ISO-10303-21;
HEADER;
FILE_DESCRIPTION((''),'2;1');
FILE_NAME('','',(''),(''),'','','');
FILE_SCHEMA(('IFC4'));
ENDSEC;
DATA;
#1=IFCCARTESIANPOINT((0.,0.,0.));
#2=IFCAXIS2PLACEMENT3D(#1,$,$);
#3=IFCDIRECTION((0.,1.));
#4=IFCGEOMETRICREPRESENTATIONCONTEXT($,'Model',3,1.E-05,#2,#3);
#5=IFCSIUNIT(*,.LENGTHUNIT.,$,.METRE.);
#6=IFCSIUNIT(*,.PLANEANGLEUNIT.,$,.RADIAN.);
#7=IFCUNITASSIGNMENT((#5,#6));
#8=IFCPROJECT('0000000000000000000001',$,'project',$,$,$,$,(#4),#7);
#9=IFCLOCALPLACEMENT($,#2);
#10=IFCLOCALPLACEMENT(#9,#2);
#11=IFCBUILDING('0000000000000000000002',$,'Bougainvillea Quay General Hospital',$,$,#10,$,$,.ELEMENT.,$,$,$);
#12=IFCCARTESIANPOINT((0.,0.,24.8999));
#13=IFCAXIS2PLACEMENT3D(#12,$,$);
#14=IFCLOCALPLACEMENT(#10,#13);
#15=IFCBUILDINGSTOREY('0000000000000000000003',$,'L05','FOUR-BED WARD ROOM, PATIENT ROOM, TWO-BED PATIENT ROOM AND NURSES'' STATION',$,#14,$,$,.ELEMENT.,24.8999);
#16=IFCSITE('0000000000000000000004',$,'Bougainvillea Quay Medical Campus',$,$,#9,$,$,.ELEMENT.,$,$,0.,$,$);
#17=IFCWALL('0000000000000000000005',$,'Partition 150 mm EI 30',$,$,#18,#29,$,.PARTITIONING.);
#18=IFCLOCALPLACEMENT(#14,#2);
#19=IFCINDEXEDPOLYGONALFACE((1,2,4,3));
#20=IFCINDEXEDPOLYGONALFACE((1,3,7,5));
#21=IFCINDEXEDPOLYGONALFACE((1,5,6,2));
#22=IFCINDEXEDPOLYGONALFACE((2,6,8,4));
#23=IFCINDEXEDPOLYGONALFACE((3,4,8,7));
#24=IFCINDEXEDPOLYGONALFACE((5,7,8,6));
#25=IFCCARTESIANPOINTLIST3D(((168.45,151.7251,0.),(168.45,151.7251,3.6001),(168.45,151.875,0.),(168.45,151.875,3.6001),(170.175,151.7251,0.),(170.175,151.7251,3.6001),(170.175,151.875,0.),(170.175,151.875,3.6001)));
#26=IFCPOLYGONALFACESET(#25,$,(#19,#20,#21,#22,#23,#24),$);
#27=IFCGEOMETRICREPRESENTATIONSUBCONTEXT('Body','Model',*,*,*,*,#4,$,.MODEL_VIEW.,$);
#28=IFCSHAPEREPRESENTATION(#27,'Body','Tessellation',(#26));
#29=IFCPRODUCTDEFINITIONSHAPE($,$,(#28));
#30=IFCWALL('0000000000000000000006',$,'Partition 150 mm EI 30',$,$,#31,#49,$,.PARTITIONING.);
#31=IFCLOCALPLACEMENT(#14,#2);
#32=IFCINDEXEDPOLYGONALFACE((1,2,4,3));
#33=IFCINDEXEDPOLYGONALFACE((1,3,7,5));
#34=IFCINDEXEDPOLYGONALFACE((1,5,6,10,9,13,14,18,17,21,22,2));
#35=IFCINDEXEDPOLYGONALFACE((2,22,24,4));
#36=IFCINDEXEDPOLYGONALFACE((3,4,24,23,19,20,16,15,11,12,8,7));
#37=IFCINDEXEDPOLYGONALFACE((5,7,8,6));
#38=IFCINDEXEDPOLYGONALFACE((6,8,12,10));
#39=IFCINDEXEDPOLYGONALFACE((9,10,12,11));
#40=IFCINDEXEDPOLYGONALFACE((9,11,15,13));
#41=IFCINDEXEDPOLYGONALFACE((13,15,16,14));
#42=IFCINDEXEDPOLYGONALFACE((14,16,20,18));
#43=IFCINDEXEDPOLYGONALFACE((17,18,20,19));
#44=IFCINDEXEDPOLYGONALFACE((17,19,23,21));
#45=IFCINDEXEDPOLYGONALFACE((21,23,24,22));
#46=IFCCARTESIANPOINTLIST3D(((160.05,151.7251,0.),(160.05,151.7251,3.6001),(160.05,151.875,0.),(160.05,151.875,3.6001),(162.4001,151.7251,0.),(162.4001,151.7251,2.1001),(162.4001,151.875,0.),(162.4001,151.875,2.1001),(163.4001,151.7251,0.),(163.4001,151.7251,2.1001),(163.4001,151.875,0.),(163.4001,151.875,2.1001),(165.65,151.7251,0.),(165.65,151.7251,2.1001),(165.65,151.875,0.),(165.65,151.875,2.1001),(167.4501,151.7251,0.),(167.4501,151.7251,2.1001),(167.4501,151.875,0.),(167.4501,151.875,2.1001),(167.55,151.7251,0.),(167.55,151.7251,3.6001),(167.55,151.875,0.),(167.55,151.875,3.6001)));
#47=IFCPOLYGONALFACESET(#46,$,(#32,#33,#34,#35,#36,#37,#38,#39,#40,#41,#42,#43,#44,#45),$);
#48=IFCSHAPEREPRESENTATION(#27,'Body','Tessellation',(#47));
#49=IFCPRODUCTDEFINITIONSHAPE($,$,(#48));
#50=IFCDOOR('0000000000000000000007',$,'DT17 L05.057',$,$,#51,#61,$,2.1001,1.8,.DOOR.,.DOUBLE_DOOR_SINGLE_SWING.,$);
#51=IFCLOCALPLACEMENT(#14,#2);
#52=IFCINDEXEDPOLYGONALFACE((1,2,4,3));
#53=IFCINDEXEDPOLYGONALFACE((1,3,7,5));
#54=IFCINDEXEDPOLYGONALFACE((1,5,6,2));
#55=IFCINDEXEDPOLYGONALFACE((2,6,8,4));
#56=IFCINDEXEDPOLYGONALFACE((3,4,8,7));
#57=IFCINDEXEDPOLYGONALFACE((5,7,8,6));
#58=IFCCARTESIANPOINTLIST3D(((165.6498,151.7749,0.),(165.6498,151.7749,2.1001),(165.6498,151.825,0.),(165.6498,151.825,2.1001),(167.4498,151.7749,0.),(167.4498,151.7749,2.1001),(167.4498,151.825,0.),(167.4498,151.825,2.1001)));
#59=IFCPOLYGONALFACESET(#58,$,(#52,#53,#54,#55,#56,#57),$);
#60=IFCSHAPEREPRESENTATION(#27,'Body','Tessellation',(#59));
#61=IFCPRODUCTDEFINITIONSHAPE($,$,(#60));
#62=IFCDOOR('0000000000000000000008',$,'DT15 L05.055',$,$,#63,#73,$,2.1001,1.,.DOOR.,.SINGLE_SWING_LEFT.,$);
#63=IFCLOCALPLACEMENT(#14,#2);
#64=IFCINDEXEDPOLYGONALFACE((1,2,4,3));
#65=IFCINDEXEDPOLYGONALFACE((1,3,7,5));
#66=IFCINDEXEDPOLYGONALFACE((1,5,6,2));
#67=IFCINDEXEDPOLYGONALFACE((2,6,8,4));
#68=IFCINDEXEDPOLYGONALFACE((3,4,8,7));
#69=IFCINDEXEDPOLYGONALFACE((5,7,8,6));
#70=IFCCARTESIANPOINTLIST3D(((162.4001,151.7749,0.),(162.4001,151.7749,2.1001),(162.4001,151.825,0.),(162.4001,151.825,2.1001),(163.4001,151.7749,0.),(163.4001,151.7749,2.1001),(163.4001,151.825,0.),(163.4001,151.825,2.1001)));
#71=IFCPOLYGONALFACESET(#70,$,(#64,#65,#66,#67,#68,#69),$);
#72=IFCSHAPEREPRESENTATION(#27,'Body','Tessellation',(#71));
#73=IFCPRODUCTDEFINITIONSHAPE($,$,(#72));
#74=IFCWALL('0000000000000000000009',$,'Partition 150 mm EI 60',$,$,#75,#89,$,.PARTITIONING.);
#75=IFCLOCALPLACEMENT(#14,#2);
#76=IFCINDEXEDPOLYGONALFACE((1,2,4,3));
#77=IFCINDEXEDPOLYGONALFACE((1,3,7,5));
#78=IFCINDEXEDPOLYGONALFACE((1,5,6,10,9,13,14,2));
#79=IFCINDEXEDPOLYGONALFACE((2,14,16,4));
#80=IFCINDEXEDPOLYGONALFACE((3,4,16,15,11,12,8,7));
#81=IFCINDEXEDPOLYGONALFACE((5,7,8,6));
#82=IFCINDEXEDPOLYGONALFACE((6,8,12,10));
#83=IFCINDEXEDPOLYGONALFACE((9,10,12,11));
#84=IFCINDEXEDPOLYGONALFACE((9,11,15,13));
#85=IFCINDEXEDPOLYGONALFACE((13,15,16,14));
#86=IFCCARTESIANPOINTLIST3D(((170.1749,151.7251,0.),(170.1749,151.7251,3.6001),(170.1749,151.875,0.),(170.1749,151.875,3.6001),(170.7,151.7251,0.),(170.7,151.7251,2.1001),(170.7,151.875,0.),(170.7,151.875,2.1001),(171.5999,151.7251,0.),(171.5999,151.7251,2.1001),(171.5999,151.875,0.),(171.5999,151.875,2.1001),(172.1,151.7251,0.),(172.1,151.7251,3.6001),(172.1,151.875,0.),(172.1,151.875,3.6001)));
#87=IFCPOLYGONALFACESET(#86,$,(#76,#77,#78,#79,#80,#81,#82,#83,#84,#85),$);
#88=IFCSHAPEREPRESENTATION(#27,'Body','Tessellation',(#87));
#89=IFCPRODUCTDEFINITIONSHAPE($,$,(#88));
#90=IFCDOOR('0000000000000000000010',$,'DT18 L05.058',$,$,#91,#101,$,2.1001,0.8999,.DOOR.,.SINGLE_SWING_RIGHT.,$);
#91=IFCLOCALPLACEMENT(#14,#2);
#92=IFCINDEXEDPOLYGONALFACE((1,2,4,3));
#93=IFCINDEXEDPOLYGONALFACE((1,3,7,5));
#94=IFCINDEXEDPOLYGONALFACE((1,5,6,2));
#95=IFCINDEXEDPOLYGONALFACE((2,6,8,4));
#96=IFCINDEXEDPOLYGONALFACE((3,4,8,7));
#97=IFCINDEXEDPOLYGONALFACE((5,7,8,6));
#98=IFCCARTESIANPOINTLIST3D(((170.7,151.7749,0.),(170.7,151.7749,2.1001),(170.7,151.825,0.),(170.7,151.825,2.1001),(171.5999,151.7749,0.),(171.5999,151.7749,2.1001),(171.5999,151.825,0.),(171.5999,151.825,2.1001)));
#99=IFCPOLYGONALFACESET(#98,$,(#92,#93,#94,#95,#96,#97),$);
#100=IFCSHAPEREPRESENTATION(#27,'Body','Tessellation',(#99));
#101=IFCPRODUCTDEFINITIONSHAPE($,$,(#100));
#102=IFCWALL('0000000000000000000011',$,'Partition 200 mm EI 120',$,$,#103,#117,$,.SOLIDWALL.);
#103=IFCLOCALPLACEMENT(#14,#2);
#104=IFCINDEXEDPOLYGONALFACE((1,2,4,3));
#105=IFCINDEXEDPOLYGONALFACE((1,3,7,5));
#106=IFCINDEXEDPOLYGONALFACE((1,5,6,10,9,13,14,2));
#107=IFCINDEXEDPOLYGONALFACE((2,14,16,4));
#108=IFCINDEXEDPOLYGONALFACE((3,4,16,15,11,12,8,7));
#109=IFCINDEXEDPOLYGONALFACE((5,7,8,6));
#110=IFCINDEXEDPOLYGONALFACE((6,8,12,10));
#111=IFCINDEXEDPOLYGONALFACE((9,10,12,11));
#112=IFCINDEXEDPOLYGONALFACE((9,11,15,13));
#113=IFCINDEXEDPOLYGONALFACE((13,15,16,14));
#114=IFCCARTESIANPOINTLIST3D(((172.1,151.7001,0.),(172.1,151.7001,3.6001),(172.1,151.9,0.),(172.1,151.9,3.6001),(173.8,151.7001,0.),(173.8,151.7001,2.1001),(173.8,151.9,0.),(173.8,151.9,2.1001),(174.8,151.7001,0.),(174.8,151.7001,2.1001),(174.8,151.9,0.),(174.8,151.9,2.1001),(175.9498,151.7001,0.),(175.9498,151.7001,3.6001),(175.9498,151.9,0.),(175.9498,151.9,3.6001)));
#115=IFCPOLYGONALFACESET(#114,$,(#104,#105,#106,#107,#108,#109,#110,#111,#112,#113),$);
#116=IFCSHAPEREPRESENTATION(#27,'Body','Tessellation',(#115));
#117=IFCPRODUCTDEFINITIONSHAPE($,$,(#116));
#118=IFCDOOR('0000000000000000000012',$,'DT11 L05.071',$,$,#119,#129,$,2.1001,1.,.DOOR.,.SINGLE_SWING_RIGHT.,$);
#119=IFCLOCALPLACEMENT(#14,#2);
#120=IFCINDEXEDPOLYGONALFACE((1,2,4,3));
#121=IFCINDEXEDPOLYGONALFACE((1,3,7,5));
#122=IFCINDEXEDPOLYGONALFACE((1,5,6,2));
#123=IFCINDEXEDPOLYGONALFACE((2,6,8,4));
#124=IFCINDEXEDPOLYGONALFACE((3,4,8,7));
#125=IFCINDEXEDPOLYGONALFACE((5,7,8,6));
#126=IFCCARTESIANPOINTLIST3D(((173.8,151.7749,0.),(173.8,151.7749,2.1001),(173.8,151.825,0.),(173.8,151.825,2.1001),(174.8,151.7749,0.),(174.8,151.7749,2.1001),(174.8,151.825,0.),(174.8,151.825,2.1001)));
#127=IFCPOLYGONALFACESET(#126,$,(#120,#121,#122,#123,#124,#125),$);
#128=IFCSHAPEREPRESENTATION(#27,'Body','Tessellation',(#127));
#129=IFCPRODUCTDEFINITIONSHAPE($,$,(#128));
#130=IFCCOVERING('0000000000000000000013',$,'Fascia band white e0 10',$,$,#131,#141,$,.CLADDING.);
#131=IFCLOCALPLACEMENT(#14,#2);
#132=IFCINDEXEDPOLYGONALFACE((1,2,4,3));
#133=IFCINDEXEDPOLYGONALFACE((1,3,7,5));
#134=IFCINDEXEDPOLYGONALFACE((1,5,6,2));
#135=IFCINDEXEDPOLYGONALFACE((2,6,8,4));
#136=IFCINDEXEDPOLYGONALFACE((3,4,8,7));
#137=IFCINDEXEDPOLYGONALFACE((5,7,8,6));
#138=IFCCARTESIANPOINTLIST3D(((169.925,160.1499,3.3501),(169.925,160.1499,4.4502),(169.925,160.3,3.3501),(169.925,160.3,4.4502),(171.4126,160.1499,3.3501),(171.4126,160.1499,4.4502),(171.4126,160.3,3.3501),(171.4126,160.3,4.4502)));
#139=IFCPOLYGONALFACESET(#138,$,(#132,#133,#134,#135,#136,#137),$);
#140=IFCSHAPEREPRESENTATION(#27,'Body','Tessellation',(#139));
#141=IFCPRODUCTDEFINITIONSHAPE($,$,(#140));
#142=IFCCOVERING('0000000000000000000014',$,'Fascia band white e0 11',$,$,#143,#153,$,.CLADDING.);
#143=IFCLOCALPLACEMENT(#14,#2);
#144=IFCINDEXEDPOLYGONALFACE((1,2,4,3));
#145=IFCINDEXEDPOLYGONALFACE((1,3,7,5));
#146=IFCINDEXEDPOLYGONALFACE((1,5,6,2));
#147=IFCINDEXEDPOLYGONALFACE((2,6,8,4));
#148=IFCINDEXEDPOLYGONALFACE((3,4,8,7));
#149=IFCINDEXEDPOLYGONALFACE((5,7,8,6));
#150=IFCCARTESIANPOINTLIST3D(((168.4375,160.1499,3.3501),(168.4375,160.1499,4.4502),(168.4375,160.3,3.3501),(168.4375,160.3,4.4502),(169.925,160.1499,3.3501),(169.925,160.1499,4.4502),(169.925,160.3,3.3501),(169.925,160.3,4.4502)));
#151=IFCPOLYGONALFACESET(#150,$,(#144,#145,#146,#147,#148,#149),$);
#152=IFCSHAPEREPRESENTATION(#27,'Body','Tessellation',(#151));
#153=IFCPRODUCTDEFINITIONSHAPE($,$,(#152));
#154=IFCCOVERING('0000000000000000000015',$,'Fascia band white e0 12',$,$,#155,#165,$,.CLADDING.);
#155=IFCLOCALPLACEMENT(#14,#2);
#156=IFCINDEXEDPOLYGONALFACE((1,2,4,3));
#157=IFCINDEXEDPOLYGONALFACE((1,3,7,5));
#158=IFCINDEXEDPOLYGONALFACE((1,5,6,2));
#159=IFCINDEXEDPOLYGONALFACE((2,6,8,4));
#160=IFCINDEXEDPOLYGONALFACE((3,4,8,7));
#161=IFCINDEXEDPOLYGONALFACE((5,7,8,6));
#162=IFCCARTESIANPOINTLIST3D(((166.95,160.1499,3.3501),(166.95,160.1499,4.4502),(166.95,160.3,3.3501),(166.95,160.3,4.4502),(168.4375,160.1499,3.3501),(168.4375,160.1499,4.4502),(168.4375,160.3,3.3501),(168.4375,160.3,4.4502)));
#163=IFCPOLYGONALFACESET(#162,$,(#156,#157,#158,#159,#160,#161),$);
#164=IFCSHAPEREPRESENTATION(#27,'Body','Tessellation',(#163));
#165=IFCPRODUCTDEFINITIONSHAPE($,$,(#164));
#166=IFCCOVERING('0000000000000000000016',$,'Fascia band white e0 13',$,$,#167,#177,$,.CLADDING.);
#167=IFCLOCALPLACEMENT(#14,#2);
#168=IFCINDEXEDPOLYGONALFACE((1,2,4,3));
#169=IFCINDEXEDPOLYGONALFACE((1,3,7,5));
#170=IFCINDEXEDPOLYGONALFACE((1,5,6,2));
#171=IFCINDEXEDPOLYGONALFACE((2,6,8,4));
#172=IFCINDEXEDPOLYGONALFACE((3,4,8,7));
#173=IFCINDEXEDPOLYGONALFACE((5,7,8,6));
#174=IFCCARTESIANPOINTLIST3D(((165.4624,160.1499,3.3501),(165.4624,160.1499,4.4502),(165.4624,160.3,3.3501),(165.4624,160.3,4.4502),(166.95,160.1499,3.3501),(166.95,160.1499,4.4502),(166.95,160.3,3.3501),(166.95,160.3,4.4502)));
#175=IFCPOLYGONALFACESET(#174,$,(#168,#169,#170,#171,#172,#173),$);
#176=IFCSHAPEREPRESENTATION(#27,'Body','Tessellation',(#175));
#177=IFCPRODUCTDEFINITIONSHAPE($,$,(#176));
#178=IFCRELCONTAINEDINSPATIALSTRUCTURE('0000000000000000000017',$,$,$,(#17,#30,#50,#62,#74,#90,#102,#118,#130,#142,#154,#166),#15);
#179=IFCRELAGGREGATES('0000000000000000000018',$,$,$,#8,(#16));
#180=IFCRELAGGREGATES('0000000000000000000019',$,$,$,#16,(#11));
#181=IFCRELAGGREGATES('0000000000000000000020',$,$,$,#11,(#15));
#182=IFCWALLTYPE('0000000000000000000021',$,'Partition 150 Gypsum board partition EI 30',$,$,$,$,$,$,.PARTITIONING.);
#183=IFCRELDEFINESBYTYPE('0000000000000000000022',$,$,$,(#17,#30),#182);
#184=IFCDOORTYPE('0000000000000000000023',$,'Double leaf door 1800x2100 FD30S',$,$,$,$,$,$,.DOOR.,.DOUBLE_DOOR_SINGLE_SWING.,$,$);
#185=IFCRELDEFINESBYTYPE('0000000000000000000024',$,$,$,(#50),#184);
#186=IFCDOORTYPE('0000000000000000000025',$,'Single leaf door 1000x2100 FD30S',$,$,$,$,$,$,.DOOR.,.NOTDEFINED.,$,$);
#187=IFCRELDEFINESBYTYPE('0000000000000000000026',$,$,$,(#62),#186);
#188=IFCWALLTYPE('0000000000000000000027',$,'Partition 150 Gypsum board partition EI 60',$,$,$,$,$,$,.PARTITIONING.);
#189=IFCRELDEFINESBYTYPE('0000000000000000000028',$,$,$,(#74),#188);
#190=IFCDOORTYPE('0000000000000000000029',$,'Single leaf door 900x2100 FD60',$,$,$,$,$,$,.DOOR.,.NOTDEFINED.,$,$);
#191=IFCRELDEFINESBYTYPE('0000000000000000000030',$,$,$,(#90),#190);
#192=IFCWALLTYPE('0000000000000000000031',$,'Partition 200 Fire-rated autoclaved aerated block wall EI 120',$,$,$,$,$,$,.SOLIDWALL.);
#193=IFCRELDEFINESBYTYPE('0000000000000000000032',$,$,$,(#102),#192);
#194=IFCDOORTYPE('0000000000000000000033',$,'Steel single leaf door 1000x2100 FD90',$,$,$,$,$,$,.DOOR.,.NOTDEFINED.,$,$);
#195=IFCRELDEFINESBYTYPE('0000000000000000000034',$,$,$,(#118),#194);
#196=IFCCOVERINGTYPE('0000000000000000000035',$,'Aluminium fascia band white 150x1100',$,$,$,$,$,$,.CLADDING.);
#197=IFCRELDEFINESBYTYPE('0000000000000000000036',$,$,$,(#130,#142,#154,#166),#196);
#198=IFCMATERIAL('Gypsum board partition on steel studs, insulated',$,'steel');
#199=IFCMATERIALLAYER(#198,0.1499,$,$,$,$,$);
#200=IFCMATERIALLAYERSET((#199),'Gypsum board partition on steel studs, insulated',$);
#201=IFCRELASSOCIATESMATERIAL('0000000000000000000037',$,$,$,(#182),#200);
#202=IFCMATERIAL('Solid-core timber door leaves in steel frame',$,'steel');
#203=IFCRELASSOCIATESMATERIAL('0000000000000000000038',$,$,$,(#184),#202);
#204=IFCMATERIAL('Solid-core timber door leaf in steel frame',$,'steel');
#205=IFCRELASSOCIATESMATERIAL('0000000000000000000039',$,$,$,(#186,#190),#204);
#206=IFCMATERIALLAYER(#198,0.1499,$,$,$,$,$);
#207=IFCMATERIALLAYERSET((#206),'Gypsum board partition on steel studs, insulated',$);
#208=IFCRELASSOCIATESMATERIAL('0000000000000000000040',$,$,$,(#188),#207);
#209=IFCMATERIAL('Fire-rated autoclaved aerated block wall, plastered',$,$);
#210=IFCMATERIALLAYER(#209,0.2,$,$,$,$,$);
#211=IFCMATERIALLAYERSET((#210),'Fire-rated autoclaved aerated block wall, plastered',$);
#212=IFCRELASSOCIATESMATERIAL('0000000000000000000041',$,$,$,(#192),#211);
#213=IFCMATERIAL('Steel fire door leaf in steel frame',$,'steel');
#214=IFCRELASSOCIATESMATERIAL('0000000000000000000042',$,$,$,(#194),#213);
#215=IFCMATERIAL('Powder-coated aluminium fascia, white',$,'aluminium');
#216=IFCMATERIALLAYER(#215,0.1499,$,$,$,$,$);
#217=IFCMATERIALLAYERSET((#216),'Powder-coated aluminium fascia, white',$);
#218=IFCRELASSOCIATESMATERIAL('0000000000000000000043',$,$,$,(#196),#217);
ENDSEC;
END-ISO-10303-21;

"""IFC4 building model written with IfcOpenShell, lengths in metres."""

from ifc_helpers import new_model, si_unit, direction, frame, frame_2d, origin, place, context, subcontext, project, spatial, polyline, rectangle, outline, extrude, material, layer, layer_set, type_object, element, fill, save


model = new_model("IFC4")

# Units and contexts
model_context = context("Model", 3, precision=1e-05, world=origin(), true_north=direction((0.0, 1.0)))
body_context = subcontext(model_context, "Body", "Model", "MODEL_VIEW")
ifc_project = project(units=[si_unit("LENGTHUNIT", "METRE"), si_unit("PLANEANGLEUNIT", "RADIAN")], contexts=[model_context])

# Site, building, storey
site_placement = place(None, origin())
site = spatial("IfcSite", under=ifc_project, at=site_placement, Name="Bougainvillea Quay Medical Campus", CompositionType="ELEMENT", RefElevation=0.0)
building_placement = place(site_placement, origin())
building = spatial("IfcBuilding", under=site, at=building_placement, Name="Bougainvillea Quay General Hospital", CompositionType="ELEMENT")
storey_placement = place(building_placement, frame((0.0, 0.0, 24.8999)))
storey = spatial("IfcBuildingStorey", under=building, at=storey_placement, Name="L05", Description="FOUR-BED WARD ROOM, PATIENT ROOM, TWO-BED PATIENT ROOM AND NURSES' STATION", CompositionType="ELEMENT", Elevation=24.8999)

# Wall
ifc_material_1 = material(Name="Gypsum board partition on steel studs, insulated", Category="steel")
ifc_layer_1 = layer(ifc_material_1, 0.1499)
ifc_layer_set_1 = layer_set([ifc_layer_1], Name="Gypsum board partition on steel studs, insulated")
wall_type_1 = type_object("IfcWallType", Name="Partition 150 Gypsum board partition EI 30", PredefinedType="PARTITIONING", material=ifc_layer_set_1)
wall_1_placement = place(storey_placement, frame((170.175, 151.8, 0.0), z_axis=(0.0, 0.0, 1.0), x_axis=(-1.0, 0.0, 0.0)))
element("IfcWall", 1, at=wall_1_placement, inside=storey, type_object=wall_type_1, Name="Partition 150 mm EI 30", PredefinedType="PARTITIONING", context=body_context, shape_type="SweptSolid", body=[
    extrude(rectangle(XDim=1.7251, YDim=0.1499, at=frame_2d((0.8625, 0.0))), origin(), (0.0, 0.0, 1.0), 3.6001),
])

# Wall, openings, doors
wall_2_placement = place(storey_placement, frame((167.55, 151.8, 0.0), z_axis=(0.0, 0.0, 1.0), x_axis=(-1.0, 0.0, 0.0)))
wall_2 = element("IfcWall", 2, at=wall_2_placement, inside=storey, type_object=wall_type_1, Name="Partition 150 mm EI 30", PredefinedType="PARTITIONING", context=body_context, shape_type="SweptSolid", body=[
    extrude(rectangle(XDim=7.5, YDim=0.1499, at=frame_2d((3.75, 0.0))), origin(), (0.0, 0.0, 1.0), 3.6001),
])
opening_1_placement = place(wall_2_placement, frame((4.1499, 0.0, 0.0)))
opening_1 = element("IfcOpeningElement", 3, at=opening_1_placement, cuts=wall_2, PredefinedType="OPENING", context=body_context, shape_type="SweptSolid", body=[
    extrude(rectangle(XDim=1.0, YDim=2.1001, at=frame_2d((0.5, 1.05))), frame((0.0, 0.085, 0.0), z_axis=(0.0, -1.0, 0.0), x_axis=(1.0, 0.0, 0.0)), (0.0, 0.0, 1.0), 0.1699),
])
opening_2_placement = place(wall_2_placement, frame((0.1001, 0.0, 0.0)))
opening_2 = element("IfcOpeningElement", 4, at=opening_2_placement, cuts=wall_2, PredefinedType="OPENING", context=body_context, shape_type="SweptSolid", body=[
    extrude(rectangle(XDim=1.8, YDim=2.1001, at=frame_2d((0.8999, 1.05))), frame((0.0, 0.085, 0.0), z_axis=(0.0, -1.0, 0.0), x_axis=(1.0, 0.0, 0.0)), (0.0, 0.0, 1.0), 0.1699),
])
ifc_material_2 = material(Name="Solid-core timber door leaves in steel frame", Category="steel")
door_type_1 = type_object("IfcDoorType", Name="Double leaf door 1800x2100 FD30S", OperationType="DOUBLE_DOOR_SINGLE_SWING", PredefinedType="DOOR", material=ifc_material_2)
door_1_placement = place(opening_2_placement, frame((1.8, 0.0, 0.0), z_axis=(0.0, 0.0, 1.0), x_axis=(-1.0, 0.0, 0.0)))
door_1 = element("IfcDoor", 5, at=door_1_placement, inside=storey, type_object=door_type_1, Name="DT17 L05.057", OperationType="DOUBLE_DOOR_SINGLE_SWING", OverallHeight=2.1001, OverallWidth=1.8, PredefinedType="DOOR", context=body_context, shape_type="SweptSolid", body=[
    extrude(rectangle(XDim=1.8, YDim=2.1001, at=frame_2d((0.8999, 1.05))), frame((0.0, 0.0249, 0.0), z_axis=(0.0, -1.0, 0.0), x_axis=(1.0, 0.0, 0.0)), (0.0, 0.0, 1.0), 0.05),
])
fill(opening_2, door_1)
ifc_material_3 = material(Name="Solid-core timber door leaf in steel frame", Category="steel")
door_type_2 = type_object("IfcDoorType", Name="Single leaf door 1000x2100 FD30S", OperationType="NOTDEFINED", PredefinedType="DOOR", material=ifc_material_3)
door_2_placement = place(opening_1_placement, frame((1.0, 0.0, 0.0), z_axis=(0.0, 0.0, 1.0), x_axis=(-1.0, 0.0, 0.0)))
door_2 = element("IfcDoor", 6, at=door_2_placement, inside=storey, type_object=door_type_2, Name="DT15 L05.055", OperationType="SINGLE_SWING_LEFT", OverallHeight=2.1001, OverallWidth=1.0, PredefinedType="DOOR", context=body_context, shape_type="SweptSolid", body=[
    extrude(rectangle(XDim=1.0, YDim=2.1001, at=frame_2d((0.5, 1.05))), frame((0.0, 0.0249, 0.0), z_axis=(0.0, -1.0, 0.0), x_axis=(1.0, 0.0, 0.0)), (0.0, 0.0, 1.0), 0.05),
])
fill(opening_1, door_2)

# Walls, openings, doors
ifc_layer_2 = layer(ifc_material_1, 0.1499)
ifc_layer_set_2 = layer_set([ifc_layer_2], Name="Gypsum board partition on steel studs, insulated")
wall_type_2 = type_object("IfcWallType", Name="Partition 150 Gypsum board partition EI 60", PredefinedType="PARTITIONING", material=ifc_layer_set_2)
wall_3_placement = place(storey_placement, frame((170.175, 151.8, 0.0), z_axis=(0.0, 0.0, 1.0), x_axis=(1.0, 0.0, 0.0)))
wall_3 = element("IfcWall", 7, at=wall_3_placement, inside=storey, type_object=wall_type_2, Name="Partition 150 mm EI 60", PredefinedType="PARTITIONING", context=body_context, shape_type="SweptSolid", body=[
    extrude(rectangle(XDim=1.925, YDim=0.1499, at=frame_2d((0.9624, 0.0))), origin(), (0.0, 0.0, 1.0), 3.6001),
])
opening_3_placement = place(wall_3_placement, frame((0.5249, 0.0, 0.0)))
opening_3 = element("IfcOpeningElement", 8, at=opening_3_placement, cuts=wall_3, PredefinedType="OPENING", context=body_context, shape_type="SweptSolid", body=[
    extrude(rectangle(XDim=0.8999, YDim=2.1001, at=frame_2d((0.45, 1.05))), frame((0.0, 0.085, 0.0), z_axis=(0.0, -1.0, 0.0), x_axis=(1.0, 0.0, 0.0)), (0.0, 0.0, 1.0), 0.1699),
])
door_type_3 = type_object("IfcDoorType", Name="Single leaf door 900x2100 FD60", OperationType="NOTDEFINED", PredefinedType="DOOR", material=ifc_material_3)
door_3_placement = place(opening_3_placement, origin())
door_3 = element("IfcDoor", 9, at=door_3_placement, inside=storey, type_object=door_type_3, Name="DT18 L05.058", OperationType="SINGLE_SWING_RIGHT", OverallHeight=2.1001, OverallWidth=0.8999, PredefinedType="DOOR", context=body_context, shape_type="SweptSolid", body=[
    extrude(rectangle(XDim=0.8999, YDim=2.1001, at=frame_2d((0.45, 1.05))), frame((0.0, 0.0249, 0.0), z_axis=(0.0, -1.0, 0.0), x_axis=(1.0, 0.0, 0.0)), (0.0, 0.0, 1.0), 0.05),
])
fill(opening_3, door_3)
ifc_material_4 = material(Name="Fire-rated autoclaved aerated block wall, plastered")
ifc_layer_3 = layer(ifc_material_4, 0.2)
ifc_layer_set_3 = layer_set([ifc_layer_3], Name="Fire-rated autoclaved aerated block wall, plastered")
wall_type_3 = type_object("IfcWallType", Name="Partition 200 Fire-rated autoclaved aerated block wall EI 120", PredefinedType="SOLIDWALL", material=ifc_layer_set_3)
wall_4_placement = place(storey_placement, frame((172.1001, 151.8, 0.0), z_axis=(0.0, 0.0, 1.0), x_axis=(1.0, 0.0, 0.0)))
wall_4 = element("IfcWall", 10, at=wall_4_placement, inside=storey, type_object=wall_type_3, Name="Partition 200 mm EI 120", PredefinedType="SOLIDWALL", context=body_context, shape_type="SweptSolid", body=[
    extrude(rectangle(XDim=3.8499, YDim=0.2, at=frame_2d((1.9248, 0.0))), origin(), (0.0, 0.0, 1.0), 3.6001),
])
opening_4_placement = place(wall_4_placement, frame((1.7, 0.0, 0.0)))
opening_4 = element("IfcOpeningElement", 11, at=opening_4_placement, cuts=wall_4, PredefinedType="OPENING", context=body_context, shape_type="SweptSolid", body=[
    extrude(rectangle(XDim=1.0, YDim=2.1001, at=frame_2d((0.5, 1.05))), frame((0.0, 0.1099, 0.0), z_axis=(0.0, -1.0, 0.0), x_axis=(1.0, 0.0, 0.0)), (0.0, 0.0, 1.0), 0.22),
])
ifc_material_5 = material(Name="Steel fire door leaf in steel frame", Category="steel")
door_type_4 = type_object("IfcDoorType", Name="Steel single leaf door 1000x2100 FD90", OperationType="NOTDEFINED", PredefinedType="DOOR", material=ifc_material_5)
door_4_placement = place(opening_4_placement, origin())
door_4 = element("IfcDoor", 12, at=door_4_placement, inside=storey, type_object=door_type_4, Name="DT11 L05.071", OperationType="SINGLE_SWING_RIGHT", OverallHeight=2.1001, OverallWidth=1.0, PredefinedType="DOOR", context=body_context, shape_type="SweptSolid", body=[
    extrude(rectangle(XDim=1.0, YDim=2.1001, at=frame_2d((0.5, 1.05))), frame((0.0, 0.0249, 0.0), z_axis=(0.0, -1.0, 0.0), x_axis=(1.0, 0.0, 0.0)), (0.0, 0.0, 1.0), 0.05),
])
fill(opening_4, door_4)

# Coverings
ifc_material_6 = material(Name="Powder-coated aluminium fascia, white", Category="aluminium")
ifc_layer_4 = layer(ifc_material_6, 0.1499)
ifc_layer_set_4 = layer_set([ifc_layer_4], Name="Powder-coated aluminium fascia, white")
covering_type = type_object("IfcCoveringType", Name="Aluminium fascia band white 150x1100", PredefinedType="CLADDING", material=ifc_layer_set_4)
for number, where, z_axis, x_axis, name in (
    (13, (171.4126, 160.1499, 3.3501), (0.0, 0.0, 1.0), (-1.0, 0.0, 0.0), "Fascia band white e0 10"),
    (14, (169.925, 160.1499, 3.3501), (0.0, 0.0, 1.0), (-1.0, 0.0, 0.0), "Fascia band white e0 11"),
    (15, (168.4375, 160.1499, 3.3501), (0.0, 0.0, 1.0), (-1.0, 0.0, 0.0), "Fascia band white e0 12"),
    (16, (166.95, 160.1499, 3.3501), (0.0, 0.0, 1.0), (-1.0, 0.0, 0.0), "Fascia band white e0 13"),
):
    element("IfcCovering", number, at=place(storey_placement, frame(where, z_axis=z_axis, x_axis=x_axis)), inside=storey, type_object=covering_type, Name=name, PredefinedType="CLADDING", context=body_context, shape_type="SweptSolid", body=[
        extrude(outline(polyline([(0.0, 0.0), (1.4875, 0.0), (1.4875, -0.1501), (0.0, -0.1501), (0.0, 0.0)])), origin(), (0.0, 0.0, 1.0), 1.1001),
    ])

save(model, "model.ifc")
